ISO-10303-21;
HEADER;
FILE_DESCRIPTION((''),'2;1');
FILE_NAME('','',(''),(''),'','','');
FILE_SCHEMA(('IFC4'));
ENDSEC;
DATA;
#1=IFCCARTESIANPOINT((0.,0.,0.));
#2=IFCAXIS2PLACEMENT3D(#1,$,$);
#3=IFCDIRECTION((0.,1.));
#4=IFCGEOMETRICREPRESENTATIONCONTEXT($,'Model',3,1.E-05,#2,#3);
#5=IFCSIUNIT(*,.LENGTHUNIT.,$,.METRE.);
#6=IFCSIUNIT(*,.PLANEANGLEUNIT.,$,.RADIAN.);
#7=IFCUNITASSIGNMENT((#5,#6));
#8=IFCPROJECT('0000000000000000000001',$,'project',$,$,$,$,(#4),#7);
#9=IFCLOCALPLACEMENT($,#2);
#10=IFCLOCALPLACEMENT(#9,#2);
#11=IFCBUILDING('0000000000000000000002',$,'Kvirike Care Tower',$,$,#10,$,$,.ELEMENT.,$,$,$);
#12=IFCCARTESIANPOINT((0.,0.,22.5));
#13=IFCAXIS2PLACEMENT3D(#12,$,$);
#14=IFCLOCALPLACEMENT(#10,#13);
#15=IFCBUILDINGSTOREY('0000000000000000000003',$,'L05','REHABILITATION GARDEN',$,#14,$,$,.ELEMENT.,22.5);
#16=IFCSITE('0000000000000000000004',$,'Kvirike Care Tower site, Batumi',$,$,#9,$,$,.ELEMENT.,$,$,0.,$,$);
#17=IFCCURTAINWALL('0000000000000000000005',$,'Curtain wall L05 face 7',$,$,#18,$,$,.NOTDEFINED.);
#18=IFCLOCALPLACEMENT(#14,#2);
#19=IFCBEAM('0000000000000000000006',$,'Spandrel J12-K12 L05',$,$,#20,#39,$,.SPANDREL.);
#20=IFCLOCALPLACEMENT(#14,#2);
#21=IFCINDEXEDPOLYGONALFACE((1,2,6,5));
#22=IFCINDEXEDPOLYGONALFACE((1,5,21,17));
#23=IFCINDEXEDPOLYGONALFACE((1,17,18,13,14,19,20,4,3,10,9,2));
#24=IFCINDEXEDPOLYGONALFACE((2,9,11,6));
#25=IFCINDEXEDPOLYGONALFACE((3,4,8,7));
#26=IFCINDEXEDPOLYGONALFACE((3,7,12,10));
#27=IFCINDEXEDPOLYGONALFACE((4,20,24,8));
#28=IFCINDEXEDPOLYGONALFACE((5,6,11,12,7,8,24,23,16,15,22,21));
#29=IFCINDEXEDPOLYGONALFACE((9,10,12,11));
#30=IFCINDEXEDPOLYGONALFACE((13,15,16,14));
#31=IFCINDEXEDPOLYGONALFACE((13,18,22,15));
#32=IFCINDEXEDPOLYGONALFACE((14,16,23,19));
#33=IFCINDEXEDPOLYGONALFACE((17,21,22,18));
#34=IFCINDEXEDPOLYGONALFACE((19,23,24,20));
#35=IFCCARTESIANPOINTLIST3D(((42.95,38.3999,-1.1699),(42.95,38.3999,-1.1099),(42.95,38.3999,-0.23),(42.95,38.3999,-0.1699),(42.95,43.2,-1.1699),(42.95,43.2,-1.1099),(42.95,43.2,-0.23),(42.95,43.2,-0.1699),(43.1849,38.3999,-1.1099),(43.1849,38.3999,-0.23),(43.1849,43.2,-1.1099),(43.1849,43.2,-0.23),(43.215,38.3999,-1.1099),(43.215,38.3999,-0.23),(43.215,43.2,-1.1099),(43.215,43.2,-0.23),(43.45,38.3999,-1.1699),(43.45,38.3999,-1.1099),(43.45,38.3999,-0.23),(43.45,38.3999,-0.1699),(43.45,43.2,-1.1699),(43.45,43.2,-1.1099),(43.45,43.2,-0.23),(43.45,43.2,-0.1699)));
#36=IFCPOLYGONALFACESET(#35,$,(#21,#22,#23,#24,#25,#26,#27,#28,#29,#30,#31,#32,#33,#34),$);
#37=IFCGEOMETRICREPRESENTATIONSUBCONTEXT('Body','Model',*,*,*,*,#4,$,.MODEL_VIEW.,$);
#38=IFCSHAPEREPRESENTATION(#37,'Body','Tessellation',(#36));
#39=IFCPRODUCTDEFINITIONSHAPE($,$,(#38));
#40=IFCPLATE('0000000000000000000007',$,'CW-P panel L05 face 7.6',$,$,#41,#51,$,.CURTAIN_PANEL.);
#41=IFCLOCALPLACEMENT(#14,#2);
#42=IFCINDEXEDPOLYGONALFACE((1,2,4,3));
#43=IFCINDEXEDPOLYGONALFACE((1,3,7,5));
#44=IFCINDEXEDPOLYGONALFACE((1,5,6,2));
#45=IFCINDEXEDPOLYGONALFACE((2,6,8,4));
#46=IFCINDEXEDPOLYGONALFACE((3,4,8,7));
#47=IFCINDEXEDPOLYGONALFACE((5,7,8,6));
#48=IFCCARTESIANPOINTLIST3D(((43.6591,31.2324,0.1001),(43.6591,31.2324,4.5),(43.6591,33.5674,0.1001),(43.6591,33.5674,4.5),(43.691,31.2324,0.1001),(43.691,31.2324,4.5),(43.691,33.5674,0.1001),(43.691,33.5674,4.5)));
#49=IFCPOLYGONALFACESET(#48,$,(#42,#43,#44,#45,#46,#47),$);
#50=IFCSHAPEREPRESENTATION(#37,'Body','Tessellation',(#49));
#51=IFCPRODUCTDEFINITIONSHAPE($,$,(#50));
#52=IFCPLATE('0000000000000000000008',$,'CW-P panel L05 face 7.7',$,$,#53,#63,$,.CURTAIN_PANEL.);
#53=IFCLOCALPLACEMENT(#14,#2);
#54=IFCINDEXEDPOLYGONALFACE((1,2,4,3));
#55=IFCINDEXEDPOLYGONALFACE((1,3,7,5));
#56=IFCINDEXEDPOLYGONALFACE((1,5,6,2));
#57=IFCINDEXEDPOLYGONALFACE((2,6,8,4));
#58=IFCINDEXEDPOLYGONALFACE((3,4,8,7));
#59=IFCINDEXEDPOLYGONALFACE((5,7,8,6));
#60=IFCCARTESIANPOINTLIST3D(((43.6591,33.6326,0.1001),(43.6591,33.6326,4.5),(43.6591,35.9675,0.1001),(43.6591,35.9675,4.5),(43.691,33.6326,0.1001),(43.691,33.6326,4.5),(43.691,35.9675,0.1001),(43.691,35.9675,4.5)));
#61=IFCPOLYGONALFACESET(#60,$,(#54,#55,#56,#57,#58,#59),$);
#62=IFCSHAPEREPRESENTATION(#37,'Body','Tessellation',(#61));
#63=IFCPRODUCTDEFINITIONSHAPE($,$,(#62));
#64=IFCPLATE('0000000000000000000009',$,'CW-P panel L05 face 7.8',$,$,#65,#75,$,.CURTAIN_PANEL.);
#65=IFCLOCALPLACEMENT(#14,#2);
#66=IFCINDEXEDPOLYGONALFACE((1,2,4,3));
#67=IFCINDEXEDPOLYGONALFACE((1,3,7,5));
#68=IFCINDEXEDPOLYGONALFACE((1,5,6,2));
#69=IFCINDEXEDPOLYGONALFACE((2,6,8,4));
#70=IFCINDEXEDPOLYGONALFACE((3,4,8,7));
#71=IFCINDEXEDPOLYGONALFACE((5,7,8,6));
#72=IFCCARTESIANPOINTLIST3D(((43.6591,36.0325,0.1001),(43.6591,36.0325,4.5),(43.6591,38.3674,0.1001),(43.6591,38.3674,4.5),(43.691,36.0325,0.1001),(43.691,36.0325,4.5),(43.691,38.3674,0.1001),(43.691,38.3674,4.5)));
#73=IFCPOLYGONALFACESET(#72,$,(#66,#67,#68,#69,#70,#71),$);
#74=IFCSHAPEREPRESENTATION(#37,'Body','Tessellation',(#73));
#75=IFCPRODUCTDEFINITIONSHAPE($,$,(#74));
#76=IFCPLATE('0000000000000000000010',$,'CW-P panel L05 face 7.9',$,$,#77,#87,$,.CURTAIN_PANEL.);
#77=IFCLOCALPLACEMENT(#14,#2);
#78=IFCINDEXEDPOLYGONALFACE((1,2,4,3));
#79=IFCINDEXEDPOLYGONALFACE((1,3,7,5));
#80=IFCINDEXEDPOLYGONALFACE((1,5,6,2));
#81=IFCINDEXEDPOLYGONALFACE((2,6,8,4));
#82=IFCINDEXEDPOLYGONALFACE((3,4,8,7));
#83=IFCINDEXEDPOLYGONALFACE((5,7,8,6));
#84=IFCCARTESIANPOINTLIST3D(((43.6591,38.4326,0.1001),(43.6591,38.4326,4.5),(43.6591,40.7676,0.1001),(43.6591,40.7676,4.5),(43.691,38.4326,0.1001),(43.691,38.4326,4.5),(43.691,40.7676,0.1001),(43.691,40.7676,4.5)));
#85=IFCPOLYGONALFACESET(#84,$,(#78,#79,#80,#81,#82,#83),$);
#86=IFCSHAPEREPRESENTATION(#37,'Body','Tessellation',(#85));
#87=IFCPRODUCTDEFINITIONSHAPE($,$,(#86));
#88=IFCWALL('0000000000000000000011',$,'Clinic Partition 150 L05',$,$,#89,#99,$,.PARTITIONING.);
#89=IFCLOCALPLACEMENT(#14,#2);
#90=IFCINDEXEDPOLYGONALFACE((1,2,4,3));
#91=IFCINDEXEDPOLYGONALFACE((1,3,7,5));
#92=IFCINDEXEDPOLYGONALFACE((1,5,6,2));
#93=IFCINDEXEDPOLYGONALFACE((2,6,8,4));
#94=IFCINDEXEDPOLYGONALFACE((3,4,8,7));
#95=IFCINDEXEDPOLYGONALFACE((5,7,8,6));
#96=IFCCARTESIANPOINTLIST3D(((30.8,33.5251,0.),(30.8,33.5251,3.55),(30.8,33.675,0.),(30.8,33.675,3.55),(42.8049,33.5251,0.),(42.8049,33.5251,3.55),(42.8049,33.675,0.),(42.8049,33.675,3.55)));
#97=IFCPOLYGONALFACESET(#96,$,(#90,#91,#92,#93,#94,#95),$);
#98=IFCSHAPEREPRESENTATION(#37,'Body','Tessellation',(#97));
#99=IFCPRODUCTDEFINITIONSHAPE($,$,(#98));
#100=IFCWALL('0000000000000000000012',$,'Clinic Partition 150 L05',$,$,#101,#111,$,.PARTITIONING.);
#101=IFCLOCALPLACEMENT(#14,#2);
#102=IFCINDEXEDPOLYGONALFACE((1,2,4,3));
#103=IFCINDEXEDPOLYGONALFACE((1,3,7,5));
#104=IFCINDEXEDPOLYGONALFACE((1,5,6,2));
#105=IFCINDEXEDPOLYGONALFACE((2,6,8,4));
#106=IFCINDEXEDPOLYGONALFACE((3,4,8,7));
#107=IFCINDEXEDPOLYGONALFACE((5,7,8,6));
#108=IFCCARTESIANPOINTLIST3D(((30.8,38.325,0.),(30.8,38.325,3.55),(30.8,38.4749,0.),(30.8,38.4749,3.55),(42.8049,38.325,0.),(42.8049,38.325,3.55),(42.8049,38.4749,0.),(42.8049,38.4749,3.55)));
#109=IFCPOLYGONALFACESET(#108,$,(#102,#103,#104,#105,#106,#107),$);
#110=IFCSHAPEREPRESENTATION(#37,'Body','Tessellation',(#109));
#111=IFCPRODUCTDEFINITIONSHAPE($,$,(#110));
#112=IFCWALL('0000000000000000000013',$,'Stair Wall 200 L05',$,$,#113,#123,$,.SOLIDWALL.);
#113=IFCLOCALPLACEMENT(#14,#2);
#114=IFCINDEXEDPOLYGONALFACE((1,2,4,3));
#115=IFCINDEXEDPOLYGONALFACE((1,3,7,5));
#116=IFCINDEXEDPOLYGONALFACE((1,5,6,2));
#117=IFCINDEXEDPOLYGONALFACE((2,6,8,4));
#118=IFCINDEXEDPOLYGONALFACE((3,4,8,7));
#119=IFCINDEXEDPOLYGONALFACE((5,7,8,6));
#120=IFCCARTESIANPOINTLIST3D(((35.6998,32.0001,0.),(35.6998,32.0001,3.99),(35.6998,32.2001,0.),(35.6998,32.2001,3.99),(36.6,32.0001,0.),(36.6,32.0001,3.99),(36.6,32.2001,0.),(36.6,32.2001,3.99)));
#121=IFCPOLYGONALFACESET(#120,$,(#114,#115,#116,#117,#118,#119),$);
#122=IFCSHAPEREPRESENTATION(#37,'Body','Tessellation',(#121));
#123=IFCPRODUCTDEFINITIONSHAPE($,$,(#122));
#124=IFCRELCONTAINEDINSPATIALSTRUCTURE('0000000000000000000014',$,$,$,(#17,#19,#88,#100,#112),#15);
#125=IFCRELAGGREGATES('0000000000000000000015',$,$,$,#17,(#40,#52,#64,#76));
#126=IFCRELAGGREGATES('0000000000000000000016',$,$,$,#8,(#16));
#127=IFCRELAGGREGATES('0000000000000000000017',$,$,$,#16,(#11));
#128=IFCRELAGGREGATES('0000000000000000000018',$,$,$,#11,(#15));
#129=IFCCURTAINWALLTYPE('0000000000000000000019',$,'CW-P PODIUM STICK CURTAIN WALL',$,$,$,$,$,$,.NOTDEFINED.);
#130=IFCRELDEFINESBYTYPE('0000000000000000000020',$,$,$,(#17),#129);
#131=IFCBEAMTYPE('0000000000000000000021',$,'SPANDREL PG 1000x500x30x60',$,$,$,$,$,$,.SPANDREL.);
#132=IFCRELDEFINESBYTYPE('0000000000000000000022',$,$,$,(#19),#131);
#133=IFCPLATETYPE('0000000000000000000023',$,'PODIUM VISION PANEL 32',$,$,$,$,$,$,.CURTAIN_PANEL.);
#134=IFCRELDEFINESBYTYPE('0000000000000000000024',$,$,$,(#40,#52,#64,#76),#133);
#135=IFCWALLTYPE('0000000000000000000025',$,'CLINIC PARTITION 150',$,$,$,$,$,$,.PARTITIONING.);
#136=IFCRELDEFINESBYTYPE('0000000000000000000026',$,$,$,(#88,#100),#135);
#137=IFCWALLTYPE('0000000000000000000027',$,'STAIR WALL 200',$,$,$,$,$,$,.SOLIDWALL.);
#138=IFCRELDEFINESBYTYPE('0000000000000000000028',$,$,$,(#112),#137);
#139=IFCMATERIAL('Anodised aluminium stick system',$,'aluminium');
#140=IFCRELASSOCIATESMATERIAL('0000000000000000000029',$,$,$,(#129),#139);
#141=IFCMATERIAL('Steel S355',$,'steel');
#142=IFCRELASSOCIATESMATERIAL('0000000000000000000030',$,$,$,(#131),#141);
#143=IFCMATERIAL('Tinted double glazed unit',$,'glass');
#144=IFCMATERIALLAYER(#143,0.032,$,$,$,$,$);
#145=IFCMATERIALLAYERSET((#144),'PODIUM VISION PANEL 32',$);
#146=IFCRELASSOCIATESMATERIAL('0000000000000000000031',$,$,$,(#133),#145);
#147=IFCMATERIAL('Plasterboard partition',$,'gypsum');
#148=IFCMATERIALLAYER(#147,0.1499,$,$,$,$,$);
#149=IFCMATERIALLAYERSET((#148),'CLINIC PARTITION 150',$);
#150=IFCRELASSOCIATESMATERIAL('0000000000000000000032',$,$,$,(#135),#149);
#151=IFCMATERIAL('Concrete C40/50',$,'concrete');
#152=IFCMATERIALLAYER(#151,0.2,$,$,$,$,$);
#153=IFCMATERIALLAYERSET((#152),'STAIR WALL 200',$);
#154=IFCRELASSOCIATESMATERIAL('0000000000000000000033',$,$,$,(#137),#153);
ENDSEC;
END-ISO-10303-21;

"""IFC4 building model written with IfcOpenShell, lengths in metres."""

from ifc_helpers import new_model, si_unit, direction, frame, frame_2d, origin, origin_2d, place, context, subcontext, project, spatial, rectangle, i_section, extrude, material, layer, layer_set, material_profile, profile_set, type_object, element, aggregate, save


model = new_model("IFC4")

# Units and contexts
model_context = context("Model", 3, precision=1e-05, world=origin(), true_north=direction((0.0, 1.0)))
body_context = subcontext(model_context, "Body", "Model", "MODEL_VIEW")
ifc_project = project(units=[si_unit("LENGTHUNIT", "METRE"), si_unit("PLANEANGLEUNIT", "RADIAN")], contexts=[model_context])

# Site, building, storey
site_placement = place(None, origin())
site = spatial("IfcSite", under=ifc_project, at=site_placement, Name="Kvirike Care Tower site, Batumi", CompositionType="ELEMENT", RefElevation=0.0)
building_placement = place(site_placement, origin())
building = spatial("IfcBuilding", under=site, at=building_placement, Name="Kvirike Care Tower", CompositionType="ELEMENT")
storey_placement = place(building_placement, frame((0.0, 0.0, 22.5)))
storey = spatial("IfcBuildingStorey", under=building, at=storey_placement, Name="L05", Description="REHABILITATION GARDEN", CompositionType="ELEMENT", Elevation=22.5)

# Curtain wall
ifc_material_1 = material(Name="Anodised aluminium stick system", Category="aluminium")
curtain_wall_type = type_object("IfcCurtainWallType", Name="CW-P PODIUM STICK CURTAIN WALL", PredefinedType="NOTDEFINED", material=ifc_material_1)
curtain_wall_placement = place(storey_placement, origin())
curtain_wall = element("IfcCurtainWall", 1, at=curtain_wall_placement, inside=storey, type_object=curtain_wall_type, Name="Curtain wall L05 face 7", PredefinedType="NOTDEFINED")

# Beam
ifc_material_2 = material(Name="Steel S355", Category="steel")
ifc_material_profile_1 = material_profile(ifc_material_2, i_section(OverallWidth=0.5, OverallDepth=1.0, WebThickness=0.03, FlangeThickness=0.0601, at=origin_2d()), Name="PG 1000x500x30x60")
ifc_profile_set_1 = profile_set([ifc_material_profile_1], Name="Steel S355")
beam_type = type_object("IfcBeamType", Name="SPANDREL PG 1000x500x30x60", PredefinedType="SPANDREL", material=ifc_profile_set_1)
beam_1_placement = place(storey_placement, frame((43.2, 38.3999, -0.6699), z_axis=(0.0, 1.0, 0.0), x_axis=(-1.0, 0.0, 0.0)))
element("IfcBeam", 2, at=beam_1_placement, inside=storey, type_object=beam_type, Name="Spandrel J12-K12 L05", PredefinedType="SPANDREL", context=body_context, shape_type="SweptSolid", body=[
    extrude(i_section(OverallWidth=0.5, OverallDepth=1.0, WebThickness=0.03, FlangeThickness=0.0601, at=origin_2d()), origin(), (0.0, 0.0, 1.0), 4.8),
])

# Plates
ifc_material_3 = material(Name="Tinted double glazed unit", Category="glass")
ifc_layer_1 = layer(ifc_material_3, 0.032)
ifc_layer_set_1 = layer_set([ifc_layer_1], Name="PODIUM VISION PANEL 32")
plate_type = type_object("IfcPlateType", Name="PODIUM VISION PANEL 32", PredefinedType="CURTAIN_PANEL", material=ifc_layer_set_1)
plate_1_placement = place(storey_placement, frame((43.675, 32.3999, 0.1001), z_axis=(0.0, 0.0, 1.0), x_axis=(0.0, 1.0, 0.0)))
plate_1 = element("IfcPlate", 3, at=plate_1_placement, type_object=plate_type, Name="CW-P panel L05 face 7.6", PredefinedType="CURTAIN_PANEL", context=body_context, shape_type="SweptSolid", body=[
    extrude(rectangle(XDim=2.335, YDim=0.032, at=origin_2d()), origin(), (0.0, 0.0, 1.0), 4.3999),
])
plate_2_placement = place(storey_placement, frame((43.675, 34.8, 0.1001), z_axis=(0.0, 0.0, 1.0), x_axis=(0.0, 1.0, 0.0)))
plate_2 = element("IfcPlate", 4, at=plate_2_placement, type_object=plate_type, Name="CW-P panel L05 face 7.7", PredefinedType="CURTAIN_PANEL", context=body_context, shape_type="SweptSolid", body=[
    extrude(rectangle(XDim=2.335, YDim=0.032, at=origin_2d()), origin(), (0.0, 0.0, 1.0), 4.3999),
])
plate_3_placement = place(storey_placement, frame((43.675, 37.2, 0.1001), z_axis=(0.0, 0.0, 1.0), x_axis=(0.0, 1.0, 0.0)))
plate_3 = element("IfcPlate", 5, at=plate_3_placement, type_object=plate_type, Name="CW-P panel L05 face 7.8", PredefinedType="CURTAIN_PANEL", context=body_context, shape_type="SweptSolid", body=[
    extrude(rectangle(XDim=2.335, YDim=0.032, at=origin_2d()), origin(), (0.0, 0.0, 1.0), 4.3999),
])
plate_4_placement = place(storey_placement, frame((43.675, 39.6001, 0.1001), z_axis=(0.0, 0.0, 1.0), x_axis=(0.0, 1.0, 0.0)))
plate_4 = element("IfcPlate", 6, at=plate_4_placement, type_object=plate_type, Name="CW-P panel L05 face 7.9", PredefinedType="CURTAIN_PANEL", context=body_context, shape_type="SweptSolid", body=[
    extrude(rectangle(XDim=2.335, YDim=0.032, at=origin_2d()), origin(), (0.0, 0.0, 1.0), 4.3999),
])
aggregate(curtain_wall, [plate_1, plate_2, plate_3, plate_4])

# Walls
ifc_material_4 = material(Name="Plasterboard partition", Category="gypsum")
ifc_layer_2 = layer(ifc_material_4, 0.1499)
ifc_layer_set_2 = layer_set([ifc_layer_2], Name="CLINIC PARTITION 150")
wall_type_1 = type_object("IfcWallType", Name="CLINIC PARTITION 150", PredefinedType="PARTITIONING", material=ifc_layer_set_2)
for number, where, z_axis, x_axis, name in (
    (7, (42.8049, 33.6001, 0.0), (0.0, 0.0, 1.0), (-1.0, 0.0, 0.0), "Clinic Partition 150 L05"),
    (8, (42.8049, 38.3999, 0.0), (0.0, 0.0, 1.0), (-1.0, 0.0, 0.0), "Clinic Partition 150 L05"),
):
    element("IfcWall", number, at=place(storey_placement, frame(where, z_axis=z_axis, x_axis=x_axis)), inside=storey, type_object=wall_type_1, Name=name, PredefinedType="PARTITIONING", context=body_context, shape_type="SweptSolid", body=[
        extrude(rectangle(XDim=12.0049, YDim=0.1499, at=frame_2d((6.0024, 0.0))), origin(), (0.0, 0.0, 1.0), 3.55),
    ])
ifc_material_5 = material(Name="Concrete C40/50", Category="concrete")
ifc_layer_3 = layer(ifc_material_5, 0.2)
ifc_layer_set_3 = layer_set([ifc_layer_3], Name="STAIR WALL 200")
wall_type_2 = type_object("IfcWallType", Name="STAIR WALL 200", PredefinedType="SOLIDWALL", material=ifc_layer_set_3)
wall_placement = place(storey_placement, frame((36.6001, 32.1001, 0.0), z_axis=(0.0, 0.0, 1.0), x_axis=(-1.0, 0.0, 0.0)))
element("IfcWall", 9, at=wall_placement, inside=storey, type_object=wall_type_2, Name="Stair Wall 200 L05", PredefinedType="SOLIDWALL", context=body_context, shape_type="SweptSolid", body=[
    extrude(rectangle(XDim=0.9001, YDim=0.2, at=frame_2d((0.4502, 0.0))), origin(), (0.0, 0.0, 1.0), 3.99),
])

save(model, "model.ifc")
